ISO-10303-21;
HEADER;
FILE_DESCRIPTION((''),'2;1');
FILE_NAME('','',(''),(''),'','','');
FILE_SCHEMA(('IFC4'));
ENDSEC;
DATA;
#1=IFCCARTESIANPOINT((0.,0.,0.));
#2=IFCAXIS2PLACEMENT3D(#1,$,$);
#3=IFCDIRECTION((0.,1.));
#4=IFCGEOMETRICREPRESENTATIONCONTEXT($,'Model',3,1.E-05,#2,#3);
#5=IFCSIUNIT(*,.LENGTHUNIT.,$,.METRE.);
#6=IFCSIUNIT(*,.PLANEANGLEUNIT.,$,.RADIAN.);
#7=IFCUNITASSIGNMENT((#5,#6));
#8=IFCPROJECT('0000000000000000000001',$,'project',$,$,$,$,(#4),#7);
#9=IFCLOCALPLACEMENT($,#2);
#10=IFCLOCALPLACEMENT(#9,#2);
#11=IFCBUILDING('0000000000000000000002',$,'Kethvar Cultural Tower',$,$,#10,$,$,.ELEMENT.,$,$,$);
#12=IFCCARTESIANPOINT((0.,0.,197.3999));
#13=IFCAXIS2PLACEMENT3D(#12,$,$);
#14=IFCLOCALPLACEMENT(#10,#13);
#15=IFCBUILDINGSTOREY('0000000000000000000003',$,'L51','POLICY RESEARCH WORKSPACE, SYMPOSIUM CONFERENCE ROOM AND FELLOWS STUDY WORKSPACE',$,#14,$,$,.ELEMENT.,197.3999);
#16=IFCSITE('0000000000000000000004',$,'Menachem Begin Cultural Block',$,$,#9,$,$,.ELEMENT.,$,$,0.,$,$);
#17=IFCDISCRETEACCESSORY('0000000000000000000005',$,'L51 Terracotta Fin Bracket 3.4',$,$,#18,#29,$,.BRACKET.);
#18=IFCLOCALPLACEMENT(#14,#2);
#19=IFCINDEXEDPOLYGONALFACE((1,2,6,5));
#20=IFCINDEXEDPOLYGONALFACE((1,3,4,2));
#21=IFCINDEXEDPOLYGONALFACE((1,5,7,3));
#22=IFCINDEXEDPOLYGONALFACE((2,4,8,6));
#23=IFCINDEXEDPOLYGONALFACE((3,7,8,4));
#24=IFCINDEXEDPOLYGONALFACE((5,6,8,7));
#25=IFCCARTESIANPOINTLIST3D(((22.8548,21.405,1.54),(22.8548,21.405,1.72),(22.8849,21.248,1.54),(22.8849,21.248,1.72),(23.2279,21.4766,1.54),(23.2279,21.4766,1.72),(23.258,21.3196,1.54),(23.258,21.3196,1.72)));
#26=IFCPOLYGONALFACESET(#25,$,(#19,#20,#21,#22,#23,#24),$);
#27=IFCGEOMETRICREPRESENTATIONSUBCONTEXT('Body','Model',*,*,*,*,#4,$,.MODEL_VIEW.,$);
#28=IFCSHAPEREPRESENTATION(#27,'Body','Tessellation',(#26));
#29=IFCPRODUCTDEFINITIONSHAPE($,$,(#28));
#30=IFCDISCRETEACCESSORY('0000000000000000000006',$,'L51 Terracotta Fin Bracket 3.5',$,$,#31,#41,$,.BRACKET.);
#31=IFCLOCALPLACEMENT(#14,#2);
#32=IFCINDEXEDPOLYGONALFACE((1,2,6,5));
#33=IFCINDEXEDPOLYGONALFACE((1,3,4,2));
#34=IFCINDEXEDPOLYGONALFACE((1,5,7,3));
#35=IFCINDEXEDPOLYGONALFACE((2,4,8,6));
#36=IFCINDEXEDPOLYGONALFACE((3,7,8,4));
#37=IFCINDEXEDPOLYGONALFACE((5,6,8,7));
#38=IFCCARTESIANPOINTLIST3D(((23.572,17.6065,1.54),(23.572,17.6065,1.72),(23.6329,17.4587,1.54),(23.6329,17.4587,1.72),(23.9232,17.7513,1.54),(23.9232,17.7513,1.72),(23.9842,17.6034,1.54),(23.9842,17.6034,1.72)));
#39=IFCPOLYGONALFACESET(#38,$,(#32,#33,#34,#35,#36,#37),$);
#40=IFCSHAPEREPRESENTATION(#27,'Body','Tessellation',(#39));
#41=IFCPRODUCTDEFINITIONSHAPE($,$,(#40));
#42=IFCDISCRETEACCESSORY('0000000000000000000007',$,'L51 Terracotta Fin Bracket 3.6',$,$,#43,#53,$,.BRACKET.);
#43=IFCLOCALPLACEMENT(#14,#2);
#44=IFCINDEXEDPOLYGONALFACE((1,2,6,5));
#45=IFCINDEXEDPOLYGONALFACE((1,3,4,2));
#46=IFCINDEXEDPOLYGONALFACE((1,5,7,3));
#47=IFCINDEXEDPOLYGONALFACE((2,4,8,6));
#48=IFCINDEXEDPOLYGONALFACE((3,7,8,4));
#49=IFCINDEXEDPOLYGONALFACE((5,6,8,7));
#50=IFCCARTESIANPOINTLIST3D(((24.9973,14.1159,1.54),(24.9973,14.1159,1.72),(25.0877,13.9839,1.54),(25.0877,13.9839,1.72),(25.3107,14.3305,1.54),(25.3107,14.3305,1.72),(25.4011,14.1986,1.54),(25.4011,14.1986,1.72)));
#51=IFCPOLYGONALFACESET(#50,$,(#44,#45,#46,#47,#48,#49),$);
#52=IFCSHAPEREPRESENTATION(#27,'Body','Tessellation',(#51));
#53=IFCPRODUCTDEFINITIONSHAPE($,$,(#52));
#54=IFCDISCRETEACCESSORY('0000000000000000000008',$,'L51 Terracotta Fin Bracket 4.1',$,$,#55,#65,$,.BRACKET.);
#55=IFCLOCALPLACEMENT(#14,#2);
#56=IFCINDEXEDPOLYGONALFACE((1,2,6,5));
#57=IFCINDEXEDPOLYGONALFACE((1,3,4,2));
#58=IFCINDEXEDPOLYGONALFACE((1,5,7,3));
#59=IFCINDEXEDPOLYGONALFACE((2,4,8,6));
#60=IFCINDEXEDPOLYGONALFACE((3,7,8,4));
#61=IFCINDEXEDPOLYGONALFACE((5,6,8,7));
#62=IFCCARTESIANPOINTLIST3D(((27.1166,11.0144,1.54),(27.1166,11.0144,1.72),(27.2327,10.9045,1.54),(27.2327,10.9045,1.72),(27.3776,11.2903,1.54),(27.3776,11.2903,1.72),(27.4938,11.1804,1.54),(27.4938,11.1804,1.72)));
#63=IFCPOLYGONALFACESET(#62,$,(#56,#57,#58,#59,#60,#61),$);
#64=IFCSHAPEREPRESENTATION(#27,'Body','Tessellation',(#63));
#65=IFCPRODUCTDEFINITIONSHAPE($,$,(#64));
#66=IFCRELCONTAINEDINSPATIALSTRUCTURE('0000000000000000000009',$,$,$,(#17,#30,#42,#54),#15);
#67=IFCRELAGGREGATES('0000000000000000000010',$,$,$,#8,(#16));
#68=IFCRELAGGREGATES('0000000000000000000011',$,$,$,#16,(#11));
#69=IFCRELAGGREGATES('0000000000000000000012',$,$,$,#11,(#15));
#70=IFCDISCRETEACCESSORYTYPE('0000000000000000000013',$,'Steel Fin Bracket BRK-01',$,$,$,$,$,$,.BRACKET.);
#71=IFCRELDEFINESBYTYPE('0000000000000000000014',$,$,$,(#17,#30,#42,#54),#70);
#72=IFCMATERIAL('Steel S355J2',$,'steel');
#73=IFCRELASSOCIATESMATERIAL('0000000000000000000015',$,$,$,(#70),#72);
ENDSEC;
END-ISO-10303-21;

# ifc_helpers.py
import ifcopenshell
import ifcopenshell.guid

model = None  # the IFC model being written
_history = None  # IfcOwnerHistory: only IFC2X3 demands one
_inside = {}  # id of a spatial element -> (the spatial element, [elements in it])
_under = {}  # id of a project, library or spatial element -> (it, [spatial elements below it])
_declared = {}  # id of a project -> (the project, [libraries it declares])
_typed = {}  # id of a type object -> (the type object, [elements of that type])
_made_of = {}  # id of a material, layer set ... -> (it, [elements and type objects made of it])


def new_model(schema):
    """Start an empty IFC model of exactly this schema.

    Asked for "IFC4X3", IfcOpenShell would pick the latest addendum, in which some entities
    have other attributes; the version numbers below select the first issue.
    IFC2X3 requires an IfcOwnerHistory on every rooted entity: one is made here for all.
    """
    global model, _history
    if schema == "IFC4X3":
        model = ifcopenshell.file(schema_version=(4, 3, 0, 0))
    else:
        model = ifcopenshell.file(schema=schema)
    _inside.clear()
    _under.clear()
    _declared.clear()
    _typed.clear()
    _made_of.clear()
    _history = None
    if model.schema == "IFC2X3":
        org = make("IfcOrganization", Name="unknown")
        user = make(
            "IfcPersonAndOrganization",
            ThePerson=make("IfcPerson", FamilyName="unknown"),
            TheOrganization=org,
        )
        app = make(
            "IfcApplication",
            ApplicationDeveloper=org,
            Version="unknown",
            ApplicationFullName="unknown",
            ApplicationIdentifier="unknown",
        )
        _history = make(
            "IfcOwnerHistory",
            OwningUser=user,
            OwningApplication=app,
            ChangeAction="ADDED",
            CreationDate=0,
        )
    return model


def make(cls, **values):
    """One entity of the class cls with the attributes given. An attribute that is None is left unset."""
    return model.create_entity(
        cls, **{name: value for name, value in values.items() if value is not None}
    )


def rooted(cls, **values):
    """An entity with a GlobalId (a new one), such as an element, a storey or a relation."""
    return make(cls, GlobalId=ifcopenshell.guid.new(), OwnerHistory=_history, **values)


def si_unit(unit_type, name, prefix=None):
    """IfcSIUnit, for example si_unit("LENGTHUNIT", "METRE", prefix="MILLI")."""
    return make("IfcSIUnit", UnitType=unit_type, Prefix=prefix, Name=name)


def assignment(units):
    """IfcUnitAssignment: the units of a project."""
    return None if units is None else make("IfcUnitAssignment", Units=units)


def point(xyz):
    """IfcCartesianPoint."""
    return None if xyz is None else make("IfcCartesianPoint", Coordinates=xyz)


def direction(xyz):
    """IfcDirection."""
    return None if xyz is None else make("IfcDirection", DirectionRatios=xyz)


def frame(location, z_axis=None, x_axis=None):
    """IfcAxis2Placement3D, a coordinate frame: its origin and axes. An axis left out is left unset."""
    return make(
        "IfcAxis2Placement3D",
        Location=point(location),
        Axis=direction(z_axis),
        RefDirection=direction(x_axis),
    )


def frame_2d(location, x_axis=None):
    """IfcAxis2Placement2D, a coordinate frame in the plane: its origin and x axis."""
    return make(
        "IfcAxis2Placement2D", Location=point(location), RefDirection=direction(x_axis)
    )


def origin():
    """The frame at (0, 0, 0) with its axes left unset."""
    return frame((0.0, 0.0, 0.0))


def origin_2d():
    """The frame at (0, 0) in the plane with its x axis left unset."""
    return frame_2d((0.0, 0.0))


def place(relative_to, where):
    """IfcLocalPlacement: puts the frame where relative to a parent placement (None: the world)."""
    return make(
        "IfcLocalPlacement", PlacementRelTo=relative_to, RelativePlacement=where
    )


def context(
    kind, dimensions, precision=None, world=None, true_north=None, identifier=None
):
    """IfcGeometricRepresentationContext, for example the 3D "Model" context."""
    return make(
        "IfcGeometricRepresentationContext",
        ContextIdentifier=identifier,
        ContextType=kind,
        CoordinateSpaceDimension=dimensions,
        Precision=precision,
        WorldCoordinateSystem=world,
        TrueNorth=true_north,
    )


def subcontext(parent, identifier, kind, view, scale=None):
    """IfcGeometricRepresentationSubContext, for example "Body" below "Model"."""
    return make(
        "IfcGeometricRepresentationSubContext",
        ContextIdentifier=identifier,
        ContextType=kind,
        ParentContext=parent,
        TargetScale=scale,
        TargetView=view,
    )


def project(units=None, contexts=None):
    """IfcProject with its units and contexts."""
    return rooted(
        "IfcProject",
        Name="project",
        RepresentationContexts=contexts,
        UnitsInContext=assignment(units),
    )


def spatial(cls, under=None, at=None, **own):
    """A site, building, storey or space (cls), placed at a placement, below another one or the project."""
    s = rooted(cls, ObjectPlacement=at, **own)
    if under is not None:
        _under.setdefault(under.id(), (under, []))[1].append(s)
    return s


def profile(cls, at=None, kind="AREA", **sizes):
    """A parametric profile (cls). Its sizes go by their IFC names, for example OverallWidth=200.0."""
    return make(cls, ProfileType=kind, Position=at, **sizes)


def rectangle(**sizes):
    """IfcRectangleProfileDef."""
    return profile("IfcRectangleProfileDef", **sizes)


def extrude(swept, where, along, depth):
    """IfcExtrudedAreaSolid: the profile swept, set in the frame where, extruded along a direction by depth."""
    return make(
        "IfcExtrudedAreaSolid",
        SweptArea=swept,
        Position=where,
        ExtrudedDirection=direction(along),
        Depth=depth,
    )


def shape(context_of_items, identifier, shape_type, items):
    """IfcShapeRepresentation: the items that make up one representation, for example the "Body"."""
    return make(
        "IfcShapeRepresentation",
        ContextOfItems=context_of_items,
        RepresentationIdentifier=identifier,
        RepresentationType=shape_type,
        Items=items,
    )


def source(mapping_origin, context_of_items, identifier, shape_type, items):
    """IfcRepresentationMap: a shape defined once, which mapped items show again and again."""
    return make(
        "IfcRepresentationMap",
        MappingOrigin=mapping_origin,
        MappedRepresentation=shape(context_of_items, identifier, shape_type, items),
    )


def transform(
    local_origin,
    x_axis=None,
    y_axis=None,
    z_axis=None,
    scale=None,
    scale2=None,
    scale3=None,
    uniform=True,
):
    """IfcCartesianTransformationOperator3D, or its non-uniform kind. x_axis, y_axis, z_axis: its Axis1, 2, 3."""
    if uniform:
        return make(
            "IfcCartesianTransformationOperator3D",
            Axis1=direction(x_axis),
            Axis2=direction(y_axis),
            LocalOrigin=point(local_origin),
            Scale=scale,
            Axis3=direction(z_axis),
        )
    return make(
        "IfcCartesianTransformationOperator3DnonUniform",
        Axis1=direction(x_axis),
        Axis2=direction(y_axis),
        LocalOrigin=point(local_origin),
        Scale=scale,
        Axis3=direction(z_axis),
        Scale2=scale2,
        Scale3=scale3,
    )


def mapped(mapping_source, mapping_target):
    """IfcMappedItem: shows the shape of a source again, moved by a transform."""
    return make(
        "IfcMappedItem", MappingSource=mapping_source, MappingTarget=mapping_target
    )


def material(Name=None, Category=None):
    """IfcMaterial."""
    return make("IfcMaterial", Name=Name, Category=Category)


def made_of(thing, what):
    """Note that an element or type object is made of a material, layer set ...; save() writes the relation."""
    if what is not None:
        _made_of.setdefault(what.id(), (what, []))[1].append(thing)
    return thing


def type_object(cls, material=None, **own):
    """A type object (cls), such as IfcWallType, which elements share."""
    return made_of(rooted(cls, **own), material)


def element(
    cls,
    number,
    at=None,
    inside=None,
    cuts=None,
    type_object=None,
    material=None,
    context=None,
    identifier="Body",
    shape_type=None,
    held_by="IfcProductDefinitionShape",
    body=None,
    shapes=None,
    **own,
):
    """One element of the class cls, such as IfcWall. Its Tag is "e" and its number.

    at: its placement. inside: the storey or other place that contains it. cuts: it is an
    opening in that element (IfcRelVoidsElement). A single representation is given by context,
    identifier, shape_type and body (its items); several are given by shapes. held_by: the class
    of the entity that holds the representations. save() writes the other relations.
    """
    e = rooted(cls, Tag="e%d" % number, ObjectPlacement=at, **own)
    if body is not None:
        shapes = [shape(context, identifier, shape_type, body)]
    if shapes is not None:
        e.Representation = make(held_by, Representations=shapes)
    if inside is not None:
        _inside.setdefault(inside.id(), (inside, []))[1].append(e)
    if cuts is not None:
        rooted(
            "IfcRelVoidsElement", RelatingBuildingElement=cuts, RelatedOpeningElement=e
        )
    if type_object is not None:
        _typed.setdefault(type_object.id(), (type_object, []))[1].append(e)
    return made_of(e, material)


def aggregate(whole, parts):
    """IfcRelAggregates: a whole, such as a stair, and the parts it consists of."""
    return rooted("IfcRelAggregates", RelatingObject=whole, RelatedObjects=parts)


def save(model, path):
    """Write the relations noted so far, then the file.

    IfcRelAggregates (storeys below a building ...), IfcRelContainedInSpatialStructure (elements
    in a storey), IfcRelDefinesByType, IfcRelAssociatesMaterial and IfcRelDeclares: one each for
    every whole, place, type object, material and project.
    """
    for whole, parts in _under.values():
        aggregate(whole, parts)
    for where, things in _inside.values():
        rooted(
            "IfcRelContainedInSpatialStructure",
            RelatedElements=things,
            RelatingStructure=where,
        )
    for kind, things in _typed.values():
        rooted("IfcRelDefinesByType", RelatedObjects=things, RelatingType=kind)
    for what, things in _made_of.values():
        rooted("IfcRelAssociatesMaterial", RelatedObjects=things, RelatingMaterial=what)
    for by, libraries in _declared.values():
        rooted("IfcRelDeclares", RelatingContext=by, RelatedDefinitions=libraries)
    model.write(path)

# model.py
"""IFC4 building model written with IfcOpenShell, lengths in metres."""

from ifc_helpers import new_model, si_unit, direction, frame, origin, origin_2d, place, context, subcontext, project, spatial, rectangle, extrude, source, transform, mapped, material, type_object, element, save


model = new_model("IFC4")

# Units and contexts
model_context = context("Model", 3, precision=1e-05, world=origin(), true_north=direction((0.0, 1.0)))
body_context = subcontext(model_context, "Body", "Model", "MODEL_VIEW")
ifc_project = project(units=[si_unit("LENGTHUNIT", "METRE"), si_unit("PLANEANGLEUNIT", "RADIAN")], contexts=[model_context])

# Site, building, storey
site_placement = place(None, origin())
site = spatial("IfcSite", under=ifc_project, at=site_placement, Name="Menachem Begin Cultural Block", CompositionType="ELEMENT", RefElevation=0.0)
building_placement = place(site_placement, origin())
building = spatial("IfcBuilding", under=site, at=building_placement, Name="Kethvar Cultural Tower", CompositionType="ELEMENT")
storey_placement = place(building_placement, frame((0.0, 0.0, 197.3999)))
storey = spatial("IfcBuildingStorey", under=building, at=storey_placement, Name="L51", Description="POLICY RESEARCH WORKSPACE, SYMPOSIUM CONFERENCE ROOM AND FELLOWS STUDY WORKSPACE", CompositionType="ELEMENT", Elevation=197.3999)

# Shared definitions
ifc_material_1 = material(Name="Steel S355J2", Category="steel")

# Discrete accessories
discrete_accessory_type = type_object("IfcDiscreteAccessoryType", Name="Steel Fin Bracket BRK-01", PredefinedType="BRACKET", material=ifc_material_1)
shared_shape_1 = source(origin(), body_context, "Body", "SweptSolid", [
    extrude(rectangle(XDim=0.3799, YDim=0.1599, at=origin_2d()), origin(), (0.0, 0.0, 1.0), 0.1799),
])
for number, where, z_axis, x_axis, name in (
    (1, (23.0564, 21.3623, 1.54), (0.0, 0.0, 1.0), (-0.982058, -0.188581, 0.0), "L51 Terracotta Fin Bracket 3.4"),
    (2, (23.7781, 17.605, 1.54), (0.0, 0.0, 1.0), (-0.924546, -0.38107, 0.0), "L51 Terracotta Fin Bracket 3.5"),
    (3, (25.1992, 14.1572, 1.54), (0.0, 0.0, 1.0), (-0.825015, -0.565111, 0.0), "L51 Terracotta Fin Bracket 3.6"),
    (4, (27.3052, 11.0974, 1.54), (0.0, 0.0, 1.0), (-0.687214, -0.726455, 0.0), "L51 Terracotta Fin Bracket 4.1"),
):
    element("IfcDiscreteAccessory", number, at=place(storey_placement, frame(where, z_axis=z_axis, x_axis=x_axis)), inside=storey, type_object=discrete_accessory_type, Name=name, PredefinedType="BRACKET", context=body_context, shape_type="MappedRepresentation", body=[
        mapped(shared_shape_1, transform((0.0, 0.0, 0.0), scale=1.0)),
    ])

save(model, "model.ifc")
